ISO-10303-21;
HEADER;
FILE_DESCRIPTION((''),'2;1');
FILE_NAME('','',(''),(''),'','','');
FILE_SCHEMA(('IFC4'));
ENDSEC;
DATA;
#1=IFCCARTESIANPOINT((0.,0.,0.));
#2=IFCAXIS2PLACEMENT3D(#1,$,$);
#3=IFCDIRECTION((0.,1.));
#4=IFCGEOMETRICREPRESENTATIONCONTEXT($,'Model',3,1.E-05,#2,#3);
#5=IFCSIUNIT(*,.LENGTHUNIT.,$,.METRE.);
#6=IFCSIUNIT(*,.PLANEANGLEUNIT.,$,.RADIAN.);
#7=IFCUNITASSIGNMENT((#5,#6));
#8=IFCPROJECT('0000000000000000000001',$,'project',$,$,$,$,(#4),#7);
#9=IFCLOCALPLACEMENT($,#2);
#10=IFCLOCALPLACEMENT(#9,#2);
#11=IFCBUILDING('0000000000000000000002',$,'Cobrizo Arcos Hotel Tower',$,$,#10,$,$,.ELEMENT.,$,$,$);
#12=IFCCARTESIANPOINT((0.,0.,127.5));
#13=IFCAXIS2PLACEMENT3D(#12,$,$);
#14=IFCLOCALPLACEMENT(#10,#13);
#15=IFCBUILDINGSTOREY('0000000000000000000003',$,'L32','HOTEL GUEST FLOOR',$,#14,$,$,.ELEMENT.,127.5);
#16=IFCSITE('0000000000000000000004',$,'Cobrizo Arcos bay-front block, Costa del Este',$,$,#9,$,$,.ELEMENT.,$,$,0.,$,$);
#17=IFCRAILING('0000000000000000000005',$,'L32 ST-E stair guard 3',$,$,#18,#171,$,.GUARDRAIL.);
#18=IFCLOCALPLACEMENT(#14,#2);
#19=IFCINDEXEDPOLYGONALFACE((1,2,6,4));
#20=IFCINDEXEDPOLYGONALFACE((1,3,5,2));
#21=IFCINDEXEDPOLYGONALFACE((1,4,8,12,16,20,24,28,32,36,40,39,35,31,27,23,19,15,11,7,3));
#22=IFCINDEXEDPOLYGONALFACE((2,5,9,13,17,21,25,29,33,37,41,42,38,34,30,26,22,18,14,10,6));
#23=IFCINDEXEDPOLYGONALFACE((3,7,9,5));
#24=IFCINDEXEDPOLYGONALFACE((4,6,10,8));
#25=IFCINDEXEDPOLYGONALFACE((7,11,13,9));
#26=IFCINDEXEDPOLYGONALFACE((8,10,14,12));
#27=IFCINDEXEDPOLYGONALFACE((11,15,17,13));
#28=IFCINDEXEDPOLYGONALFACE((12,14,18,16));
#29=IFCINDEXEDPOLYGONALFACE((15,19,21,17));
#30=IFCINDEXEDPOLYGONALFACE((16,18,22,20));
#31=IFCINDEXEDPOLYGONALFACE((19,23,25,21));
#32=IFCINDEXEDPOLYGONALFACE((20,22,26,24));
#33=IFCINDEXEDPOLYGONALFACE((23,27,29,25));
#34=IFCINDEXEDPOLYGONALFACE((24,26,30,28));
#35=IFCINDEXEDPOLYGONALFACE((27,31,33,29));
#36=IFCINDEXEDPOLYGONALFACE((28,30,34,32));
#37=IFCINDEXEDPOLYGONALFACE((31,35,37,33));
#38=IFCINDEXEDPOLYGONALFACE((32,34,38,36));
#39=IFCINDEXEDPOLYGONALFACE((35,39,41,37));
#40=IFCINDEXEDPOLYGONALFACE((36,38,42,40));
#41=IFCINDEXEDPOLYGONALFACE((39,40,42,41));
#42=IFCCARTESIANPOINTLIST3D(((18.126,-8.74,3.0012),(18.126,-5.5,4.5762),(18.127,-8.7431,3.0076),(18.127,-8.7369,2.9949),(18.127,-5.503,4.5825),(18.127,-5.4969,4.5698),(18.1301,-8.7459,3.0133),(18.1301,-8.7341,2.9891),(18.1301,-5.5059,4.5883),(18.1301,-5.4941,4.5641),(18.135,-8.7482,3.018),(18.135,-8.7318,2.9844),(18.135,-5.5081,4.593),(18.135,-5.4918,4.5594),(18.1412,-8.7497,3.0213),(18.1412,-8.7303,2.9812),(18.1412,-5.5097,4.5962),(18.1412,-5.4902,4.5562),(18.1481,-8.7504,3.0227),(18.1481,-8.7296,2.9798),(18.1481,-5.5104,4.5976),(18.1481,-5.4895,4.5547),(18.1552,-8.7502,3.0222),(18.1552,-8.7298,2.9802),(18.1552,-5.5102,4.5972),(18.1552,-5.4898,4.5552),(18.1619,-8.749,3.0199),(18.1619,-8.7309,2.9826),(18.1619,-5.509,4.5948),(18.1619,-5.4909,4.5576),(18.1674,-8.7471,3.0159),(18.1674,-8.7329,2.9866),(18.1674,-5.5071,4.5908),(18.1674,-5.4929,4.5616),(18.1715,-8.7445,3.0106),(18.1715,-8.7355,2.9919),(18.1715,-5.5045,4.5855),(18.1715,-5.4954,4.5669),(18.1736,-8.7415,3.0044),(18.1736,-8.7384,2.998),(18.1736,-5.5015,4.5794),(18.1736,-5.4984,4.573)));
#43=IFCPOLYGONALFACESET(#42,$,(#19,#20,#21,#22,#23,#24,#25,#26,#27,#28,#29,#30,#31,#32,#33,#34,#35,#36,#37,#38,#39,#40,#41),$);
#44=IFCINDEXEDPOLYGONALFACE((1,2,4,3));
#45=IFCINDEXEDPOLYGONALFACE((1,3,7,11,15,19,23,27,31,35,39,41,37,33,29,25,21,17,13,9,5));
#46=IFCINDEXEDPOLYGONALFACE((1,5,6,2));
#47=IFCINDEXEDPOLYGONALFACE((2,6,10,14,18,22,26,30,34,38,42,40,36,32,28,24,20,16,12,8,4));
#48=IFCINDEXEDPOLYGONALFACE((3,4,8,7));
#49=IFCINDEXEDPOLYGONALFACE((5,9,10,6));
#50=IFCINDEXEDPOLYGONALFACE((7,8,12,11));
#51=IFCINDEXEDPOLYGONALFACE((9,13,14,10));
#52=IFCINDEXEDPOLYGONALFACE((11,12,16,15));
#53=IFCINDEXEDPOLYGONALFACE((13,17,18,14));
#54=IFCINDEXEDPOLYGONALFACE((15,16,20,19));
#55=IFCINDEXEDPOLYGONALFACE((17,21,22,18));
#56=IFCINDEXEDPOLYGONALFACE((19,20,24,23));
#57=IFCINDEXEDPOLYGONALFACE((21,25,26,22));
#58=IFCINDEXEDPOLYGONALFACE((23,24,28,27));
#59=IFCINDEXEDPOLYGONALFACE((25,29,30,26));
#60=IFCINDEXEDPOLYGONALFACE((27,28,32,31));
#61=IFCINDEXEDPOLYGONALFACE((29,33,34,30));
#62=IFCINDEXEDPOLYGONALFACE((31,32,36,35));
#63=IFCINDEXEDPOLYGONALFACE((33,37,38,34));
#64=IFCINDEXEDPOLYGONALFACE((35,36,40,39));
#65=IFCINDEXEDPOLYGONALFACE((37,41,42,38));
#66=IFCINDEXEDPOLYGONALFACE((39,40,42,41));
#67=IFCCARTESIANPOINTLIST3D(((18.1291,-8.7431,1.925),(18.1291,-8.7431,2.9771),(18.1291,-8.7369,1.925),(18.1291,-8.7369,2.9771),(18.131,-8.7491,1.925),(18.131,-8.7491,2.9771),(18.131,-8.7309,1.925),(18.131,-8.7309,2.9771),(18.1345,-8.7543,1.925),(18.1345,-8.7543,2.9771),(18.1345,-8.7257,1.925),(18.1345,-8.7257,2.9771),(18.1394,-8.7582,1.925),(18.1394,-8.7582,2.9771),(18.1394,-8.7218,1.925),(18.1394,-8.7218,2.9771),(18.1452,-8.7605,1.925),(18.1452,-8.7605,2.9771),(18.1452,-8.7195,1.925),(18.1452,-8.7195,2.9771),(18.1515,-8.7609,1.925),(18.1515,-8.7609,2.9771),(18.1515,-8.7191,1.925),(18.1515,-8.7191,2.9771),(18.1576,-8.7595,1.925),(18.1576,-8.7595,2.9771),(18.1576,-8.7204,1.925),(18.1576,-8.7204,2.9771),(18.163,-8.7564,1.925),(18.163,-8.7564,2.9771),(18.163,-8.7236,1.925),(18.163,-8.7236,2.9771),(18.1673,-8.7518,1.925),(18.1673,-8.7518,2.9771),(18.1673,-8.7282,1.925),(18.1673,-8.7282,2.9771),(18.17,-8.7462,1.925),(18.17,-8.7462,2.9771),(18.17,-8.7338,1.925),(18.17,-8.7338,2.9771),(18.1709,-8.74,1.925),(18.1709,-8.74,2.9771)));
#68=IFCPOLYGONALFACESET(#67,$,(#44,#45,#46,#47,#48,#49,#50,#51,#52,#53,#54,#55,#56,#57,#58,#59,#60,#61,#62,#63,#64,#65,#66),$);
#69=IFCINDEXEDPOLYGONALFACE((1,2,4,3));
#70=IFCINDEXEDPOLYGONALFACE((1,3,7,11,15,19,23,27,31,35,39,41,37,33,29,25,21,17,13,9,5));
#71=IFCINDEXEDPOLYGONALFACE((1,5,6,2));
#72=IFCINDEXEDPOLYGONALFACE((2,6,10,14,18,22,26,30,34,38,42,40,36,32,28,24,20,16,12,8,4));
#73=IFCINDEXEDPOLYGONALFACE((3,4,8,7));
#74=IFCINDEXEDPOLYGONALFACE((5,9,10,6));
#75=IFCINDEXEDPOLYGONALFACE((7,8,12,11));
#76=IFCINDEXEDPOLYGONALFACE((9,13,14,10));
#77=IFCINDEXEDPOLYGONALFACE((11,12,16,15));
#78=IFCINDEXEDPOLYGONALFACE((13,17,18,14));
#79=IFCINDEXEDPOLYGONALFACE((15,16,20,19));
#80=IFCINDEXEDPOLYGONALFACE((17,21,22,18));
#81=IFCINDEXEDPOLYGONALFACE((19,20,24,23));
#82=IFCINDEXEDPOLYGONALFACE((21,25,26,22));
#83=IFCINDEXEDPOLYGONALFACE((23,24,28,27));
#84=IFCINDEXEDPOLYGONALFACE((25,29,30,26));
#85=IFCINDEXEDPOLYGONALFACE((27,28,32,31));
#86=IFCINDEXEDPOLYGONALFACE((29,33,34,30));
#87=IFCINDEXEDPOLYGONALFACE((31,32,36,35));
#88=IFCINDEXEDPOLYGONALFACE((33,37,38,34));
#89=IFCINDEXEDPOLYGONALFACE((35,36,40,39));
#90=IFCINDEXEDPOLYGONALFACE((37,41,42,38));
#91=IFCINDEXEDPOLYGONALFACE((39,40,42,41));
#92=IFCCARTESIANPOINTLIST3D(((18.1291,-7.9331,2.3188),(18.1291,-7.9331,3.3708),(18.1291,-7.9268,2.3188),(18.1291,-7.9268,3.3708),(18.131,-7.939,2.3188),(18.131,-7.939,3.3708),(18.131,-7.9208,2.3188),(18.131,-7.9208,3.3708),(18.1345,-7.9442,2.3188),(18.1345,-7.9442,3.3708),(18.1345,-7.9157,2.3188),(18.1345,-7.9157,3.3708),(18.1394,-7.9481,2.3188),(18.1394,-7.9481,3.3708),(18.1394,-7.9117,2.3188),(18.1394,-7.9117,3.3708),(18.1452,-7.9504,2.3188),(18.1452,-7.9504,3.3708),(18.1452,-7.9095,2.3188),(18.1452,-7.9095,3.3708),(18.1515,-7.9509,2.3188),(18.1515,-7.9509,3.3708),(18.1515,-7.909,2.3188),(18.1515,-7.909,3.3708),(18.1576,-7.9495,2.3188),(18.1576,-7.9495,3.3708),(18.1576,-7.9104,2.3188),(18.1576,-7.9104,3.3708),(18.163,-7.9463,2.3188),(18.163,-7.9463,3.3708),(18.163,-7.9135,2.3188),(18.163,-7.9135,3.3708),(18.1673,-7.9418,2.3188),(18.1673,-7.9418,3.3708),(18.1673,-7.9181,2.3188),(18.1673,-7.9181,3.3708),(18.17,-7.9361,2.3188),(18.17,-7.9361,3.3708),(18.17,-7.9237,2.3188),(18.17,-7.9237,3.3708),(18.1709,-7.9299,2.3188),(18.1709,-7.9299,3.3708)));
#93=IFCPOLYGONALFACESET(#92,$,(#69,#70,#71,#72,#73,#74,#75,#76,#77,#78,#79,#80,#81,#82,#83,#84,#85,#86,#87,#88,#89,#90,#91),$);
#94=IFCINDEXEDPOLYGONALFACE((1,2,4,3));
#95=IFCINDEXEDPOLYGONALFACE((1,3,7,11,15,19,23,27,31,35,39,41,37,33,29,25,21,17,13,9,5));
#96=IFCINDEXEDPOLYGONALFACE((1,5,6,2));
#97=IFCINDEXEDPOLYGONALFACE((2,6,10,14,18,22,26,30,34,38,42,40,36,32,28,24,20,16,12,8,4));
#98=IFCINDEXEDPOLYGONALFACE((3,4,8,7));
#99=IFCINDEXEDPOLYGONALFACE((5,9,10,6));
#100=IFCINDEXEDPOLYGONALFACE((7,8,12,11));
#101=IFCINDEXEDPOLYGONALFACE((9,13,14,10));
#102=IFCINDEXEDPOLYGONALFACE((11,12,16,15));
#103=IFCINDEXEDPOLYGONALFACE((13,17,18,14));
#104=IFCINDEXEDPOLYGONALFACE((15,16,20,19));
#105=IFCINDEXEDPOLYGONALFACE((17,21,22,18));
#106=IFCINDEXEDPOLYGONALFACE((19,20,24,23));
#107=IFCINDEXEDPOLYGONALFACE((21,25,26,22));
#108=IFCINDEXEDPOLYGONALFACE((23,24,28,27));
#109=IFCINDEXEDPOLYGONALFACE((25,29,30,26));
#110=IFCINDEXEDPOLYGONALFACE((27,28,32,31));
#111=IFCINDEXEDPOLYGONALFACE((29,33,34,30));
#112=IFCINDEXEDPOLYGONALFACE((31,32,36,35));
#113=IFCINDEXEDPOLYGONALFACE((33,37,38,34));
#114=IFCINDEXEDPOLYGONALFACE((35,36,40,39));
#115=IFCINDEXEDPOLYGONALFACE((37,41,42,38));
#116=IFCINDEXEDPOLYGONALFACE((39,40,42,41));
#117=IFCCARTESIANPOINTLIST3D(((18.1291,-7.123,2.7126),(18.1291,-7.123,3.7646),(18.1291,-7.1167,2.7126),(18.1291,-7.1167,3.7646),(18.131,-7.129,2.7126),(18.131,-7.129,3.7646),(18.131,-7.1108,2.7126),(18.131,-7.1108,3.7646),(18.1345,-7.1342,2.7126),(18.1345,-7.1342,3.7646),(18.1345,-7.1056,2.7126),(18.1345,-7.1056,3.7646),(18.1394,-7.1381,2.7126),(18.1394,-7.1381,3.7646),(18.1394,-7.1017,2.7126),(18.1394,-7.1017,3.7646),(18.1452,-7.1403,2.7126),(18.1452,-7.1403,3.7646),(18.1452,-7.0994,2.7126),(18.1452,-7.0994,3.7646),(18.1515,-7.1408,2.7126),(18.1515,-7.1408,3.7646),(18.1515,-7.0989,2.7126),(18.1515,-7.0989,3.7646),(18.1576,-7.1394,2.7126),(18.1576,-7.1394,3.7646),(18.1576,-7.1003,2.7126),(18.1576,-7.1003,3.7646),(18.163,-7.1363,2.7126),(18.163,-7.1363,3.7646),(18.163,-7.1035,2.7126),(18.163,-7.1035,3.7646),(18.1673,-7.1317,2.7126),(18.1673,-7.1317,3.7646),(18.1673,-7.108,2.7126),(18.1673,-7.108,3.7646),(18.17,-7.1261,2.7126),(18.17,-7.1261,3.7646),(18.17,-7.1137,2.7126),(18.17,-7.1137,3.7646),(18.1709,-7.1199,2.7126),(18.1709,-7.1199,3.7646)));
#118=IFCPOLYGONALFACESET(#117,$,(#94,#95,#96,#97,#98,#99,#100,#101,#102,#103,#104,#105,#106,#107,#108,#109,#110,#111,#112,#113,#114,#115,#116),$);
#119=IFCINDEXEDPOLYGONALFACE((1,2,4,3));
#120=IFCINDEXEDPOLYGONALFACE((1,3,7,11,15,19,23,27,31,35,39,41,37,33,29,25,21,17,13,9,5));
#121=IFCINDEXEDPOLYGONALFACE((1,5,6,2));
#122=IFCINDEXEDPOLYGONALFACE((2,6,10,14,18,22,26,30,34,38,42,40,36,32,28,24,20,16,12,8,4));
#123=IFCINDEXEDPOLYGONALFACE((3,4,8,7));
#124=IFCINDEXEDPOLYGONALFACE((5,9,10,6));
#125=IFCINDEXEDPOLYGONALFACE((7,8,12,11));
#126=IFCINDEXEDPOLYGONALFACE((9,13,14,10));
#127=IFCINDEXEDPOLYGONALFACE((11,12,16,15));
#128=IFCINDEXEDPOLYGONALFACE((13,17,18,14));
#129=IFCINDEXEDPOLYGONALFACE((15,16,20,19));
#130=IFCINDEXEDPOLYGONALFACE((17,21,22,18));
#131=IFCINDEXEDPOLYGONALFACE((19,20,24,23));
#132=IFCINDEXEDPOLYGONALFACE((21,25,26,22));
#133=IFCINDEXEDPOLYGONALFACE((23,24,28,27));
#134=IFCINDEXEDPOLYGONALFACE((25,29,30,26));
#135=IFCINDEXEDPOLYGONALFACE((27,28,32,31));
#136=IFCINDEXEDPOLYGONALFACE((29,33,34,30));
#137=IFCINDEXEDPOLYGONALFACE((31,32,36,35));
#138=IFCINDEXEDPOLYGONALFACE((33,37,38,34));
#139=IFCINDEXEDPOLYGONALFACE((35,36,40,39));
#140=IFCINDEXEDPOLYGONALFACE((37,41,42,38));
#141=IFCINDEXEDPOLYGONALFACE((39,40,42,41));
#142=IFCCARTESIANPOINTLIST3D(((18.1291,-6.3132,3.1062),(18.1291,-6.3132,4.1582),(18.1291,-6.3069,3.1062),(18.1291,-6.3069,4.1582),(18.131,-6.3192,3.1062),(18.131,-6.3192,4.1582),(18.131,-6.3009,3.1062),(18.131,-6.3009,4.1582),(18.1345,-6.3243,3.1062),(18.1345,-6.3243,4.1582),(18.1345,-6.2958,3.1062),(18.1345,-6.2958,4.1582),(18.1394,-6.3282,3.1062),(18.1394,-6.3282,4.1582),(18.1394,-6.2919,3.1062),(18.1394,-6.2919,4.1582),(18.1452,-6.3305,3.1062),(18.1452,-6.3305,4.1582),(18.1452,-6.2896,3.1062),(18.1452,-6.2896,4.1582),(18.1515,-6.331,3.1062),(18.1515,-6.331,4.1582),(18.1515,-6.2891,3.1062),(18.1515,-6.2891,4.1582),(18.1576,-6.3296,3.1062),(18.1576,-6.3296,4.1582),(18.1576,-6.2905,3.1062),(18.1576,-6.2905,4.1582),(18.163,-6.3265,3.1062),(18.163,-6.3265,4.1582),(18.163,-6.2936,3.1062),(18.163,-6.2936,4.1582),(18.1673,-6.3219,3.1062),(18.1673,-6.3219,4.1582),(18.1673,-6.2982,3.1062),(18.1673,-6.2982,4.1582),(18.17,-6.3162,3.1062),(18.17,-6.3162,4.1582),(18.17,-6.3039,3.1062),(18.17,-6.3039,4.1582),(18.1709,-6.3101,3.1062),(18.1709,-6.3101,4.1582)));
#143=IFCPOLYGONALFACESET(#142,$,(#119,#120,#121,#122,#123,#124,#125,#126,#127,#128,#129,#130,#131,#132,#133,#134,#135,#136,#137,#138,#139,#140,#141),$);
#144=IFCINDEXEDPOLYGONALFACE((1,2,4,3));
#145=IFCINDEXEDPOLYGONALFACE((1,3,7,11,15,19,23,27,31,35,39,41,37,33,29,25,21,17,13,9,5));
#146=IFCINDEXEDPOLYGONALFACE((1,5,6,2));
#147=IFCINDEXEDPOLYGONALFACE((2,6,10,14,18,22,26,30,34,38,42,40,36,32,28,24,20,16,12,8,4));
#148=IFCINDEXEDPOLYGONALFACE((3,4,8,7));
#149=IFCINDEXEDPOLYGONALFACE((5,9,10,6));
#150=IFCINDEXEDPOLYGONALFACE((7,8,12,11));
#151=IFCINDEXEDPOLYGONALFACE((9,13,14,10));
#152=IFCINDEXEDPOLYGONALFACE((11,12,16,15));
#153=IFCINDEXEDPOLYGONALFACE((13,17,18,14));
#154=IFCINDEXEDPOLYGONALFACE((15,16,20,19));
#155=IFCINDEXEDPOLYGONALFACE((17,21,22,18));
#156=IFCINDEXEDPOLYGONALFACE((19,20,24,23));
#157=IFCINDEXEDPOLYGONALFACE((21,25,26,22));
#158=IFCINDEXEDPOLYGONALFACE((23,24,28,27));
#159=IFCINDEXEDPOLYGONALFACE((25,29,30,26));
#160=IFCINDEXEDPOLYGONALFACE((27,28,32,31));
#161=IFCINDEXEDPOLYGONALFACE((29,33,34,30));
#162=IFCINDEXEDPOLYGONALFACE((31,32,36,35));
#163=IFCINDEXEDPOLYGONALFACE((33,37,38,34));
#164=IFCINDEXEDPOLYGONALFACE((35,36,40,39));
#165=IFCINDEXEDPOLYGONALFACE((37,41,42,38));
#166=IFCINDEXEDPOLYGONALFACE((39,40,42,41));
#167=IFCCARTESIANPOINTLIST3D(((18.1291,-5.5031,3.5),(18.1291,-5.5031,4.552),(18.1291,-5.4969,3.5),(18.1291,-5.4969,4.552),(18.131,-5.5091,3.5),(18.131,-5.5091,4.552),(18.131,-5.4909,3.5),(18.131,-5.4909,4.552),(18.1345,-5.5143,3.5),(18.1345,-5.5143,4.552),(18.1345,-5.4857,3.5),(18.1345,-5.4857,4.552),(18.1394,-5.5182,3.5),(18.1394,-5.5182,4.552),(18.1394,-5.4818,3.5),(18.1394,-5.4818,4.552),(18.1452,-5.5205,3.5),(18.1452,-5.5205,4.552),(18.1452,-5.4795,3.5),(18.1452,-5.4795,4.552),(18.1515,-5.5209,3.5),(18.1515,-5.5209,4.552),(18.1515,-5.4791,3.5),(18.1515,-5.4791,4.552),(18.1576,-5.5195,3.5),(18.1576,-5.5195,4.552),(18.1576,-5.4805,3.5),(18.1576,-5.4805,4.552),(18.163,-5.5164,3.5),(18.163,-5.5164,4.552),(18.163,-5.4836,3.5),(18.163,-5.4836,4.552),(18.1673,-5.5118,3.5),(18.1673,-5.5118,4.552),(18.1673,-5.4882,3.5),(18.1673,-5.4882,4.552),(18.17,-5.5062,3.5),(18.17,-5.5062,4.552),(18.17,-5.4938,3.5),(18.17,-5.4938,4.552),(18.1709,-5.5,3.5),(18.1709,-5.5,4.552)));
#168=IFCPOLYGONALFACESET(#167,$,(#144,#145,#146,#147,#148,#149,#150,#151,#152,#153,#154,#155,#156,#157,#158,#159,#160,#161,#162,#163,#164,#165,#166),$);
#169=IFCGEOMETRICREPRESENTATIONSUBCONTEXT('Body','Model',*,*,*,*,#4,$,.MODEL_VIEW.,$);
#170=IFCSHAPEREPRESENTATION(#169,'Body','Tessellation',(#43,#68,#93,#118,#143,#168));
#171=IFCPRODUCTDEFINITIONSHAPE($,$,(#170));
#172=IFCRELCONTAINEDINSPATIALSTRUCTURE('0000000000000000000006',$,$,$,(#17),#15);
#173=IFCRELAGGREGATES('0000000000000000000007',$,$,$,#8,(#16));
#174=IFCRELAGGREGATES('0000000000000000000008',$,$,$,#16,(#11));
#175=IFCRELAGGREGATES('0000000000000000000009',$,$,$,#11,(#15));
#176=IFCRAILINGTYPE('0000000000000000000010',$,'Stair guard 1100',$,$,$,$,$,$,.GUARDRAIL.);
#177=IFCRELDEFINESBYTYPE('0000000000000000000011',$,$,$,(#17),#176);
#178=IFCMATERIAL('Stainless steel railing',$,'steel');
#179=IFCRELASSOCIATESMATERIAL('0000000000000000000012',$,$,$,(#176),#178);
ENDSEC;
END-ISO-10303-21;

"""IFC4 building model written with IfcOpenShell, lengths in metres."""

from ifc_helpers import new_model, si_unit, direction, frame, origin, origin_2d, place, context, subcontext, project, spatial, circle, extrude, material, type_object, element, save


model = new_model("IFC4")

# Units and contexts
model_context = context("Model", 3, precision=1e-05, world=origin(), true_north=direction((0.0, 1.0)))
body_context = subcontext(model_context, "Body", "Model", "MODEL_VIEW")
ifc_project = project(units=[si_unit("LENGTHUNIT", "METRE"), si_unit("PLANEANGLEUNIT", "RADIAN")], contexts=[model_context])

# Site, building, storey
site_placement = place(None, origin())
site = spatial("IfcSite", under=ifc_project, at=site_placement, Name="Cobrizo Arcos bay-front block, Costa del Este", CompositionType="ELEMENT", RefElevation=0.0)
building_placement = place(site_placement, origin())
building = spatial("IfcBuilding", under=site, at=building_placement, Name="Cobrizo Arcos Hotel Tower", CompositionType="ELEMENT")
storey_placement = place(building_placement, frame((0.0, 0.0, 127.5)))
storey = spatial("IfcBuildingStorey", under=building, at=storey_placement, Name="L32", Description="HOTEL GUEST FLOOR", CompositionType="ELEMENT", Elevation=127.5)

# Railing
ifc_material_1 = material(Name="Stainless steel railing", Category="steel")
railing_type_1 = type_object("IfcRailingType", Name="Stair guard 1100", PredefinedType="GUARDRAIL", material=ifc_material_1)
railing_1_placement = place(storey_placement, frame((18.1499, -8.74, 1.925)))
element("IfcRailing", 1, at=railing_1_placement, inside=storey, type_object=railing_type_1, Name="L32 ST-E stair guard 3", PredefinedType="GUARDRAIL", context=body_context, shape_type="SweptSolid", body=[
    extrude(circle(Radius=0.0239, at=origin_2d()), frame((0.0, 0.0, 1.0762), z_axis=(0.0, 0.899373, 0.437183), x_axis=(-1.0, 0.0, 0.0)), (0.0, 0.0, 1.0), 3.6025),
    extrude(circle(Radius=0.021, at=origin_2d()), origin(), (0.0, 0.0, 1.0), 1.052),
    extrude(circle(Radius=0.021, at=origin_2d()), frame((0.0, 0.8101, 0.3938)), (0.0, 0.0, 1.0), 1.052),
    extrude(circle(Radius=0.021, at=origin_2d()), frame((0.0, 1.6201, 0.7876)), (0.0, 0.0, 1.0), 1.052),
    extrude(circle(Radius=0.021, at=origin_2d()), frame((0.0, 2.4299, 1.1812)), (0.0, 0.0, 1.0), 1.052),
    extrude(circle(Radius=0.021, at=origin_2d()), frame((0.0, 3.24, 1.575)), (0.0, 0.0, 1.0), 1.052),
])

save(model, "model.ifc")
